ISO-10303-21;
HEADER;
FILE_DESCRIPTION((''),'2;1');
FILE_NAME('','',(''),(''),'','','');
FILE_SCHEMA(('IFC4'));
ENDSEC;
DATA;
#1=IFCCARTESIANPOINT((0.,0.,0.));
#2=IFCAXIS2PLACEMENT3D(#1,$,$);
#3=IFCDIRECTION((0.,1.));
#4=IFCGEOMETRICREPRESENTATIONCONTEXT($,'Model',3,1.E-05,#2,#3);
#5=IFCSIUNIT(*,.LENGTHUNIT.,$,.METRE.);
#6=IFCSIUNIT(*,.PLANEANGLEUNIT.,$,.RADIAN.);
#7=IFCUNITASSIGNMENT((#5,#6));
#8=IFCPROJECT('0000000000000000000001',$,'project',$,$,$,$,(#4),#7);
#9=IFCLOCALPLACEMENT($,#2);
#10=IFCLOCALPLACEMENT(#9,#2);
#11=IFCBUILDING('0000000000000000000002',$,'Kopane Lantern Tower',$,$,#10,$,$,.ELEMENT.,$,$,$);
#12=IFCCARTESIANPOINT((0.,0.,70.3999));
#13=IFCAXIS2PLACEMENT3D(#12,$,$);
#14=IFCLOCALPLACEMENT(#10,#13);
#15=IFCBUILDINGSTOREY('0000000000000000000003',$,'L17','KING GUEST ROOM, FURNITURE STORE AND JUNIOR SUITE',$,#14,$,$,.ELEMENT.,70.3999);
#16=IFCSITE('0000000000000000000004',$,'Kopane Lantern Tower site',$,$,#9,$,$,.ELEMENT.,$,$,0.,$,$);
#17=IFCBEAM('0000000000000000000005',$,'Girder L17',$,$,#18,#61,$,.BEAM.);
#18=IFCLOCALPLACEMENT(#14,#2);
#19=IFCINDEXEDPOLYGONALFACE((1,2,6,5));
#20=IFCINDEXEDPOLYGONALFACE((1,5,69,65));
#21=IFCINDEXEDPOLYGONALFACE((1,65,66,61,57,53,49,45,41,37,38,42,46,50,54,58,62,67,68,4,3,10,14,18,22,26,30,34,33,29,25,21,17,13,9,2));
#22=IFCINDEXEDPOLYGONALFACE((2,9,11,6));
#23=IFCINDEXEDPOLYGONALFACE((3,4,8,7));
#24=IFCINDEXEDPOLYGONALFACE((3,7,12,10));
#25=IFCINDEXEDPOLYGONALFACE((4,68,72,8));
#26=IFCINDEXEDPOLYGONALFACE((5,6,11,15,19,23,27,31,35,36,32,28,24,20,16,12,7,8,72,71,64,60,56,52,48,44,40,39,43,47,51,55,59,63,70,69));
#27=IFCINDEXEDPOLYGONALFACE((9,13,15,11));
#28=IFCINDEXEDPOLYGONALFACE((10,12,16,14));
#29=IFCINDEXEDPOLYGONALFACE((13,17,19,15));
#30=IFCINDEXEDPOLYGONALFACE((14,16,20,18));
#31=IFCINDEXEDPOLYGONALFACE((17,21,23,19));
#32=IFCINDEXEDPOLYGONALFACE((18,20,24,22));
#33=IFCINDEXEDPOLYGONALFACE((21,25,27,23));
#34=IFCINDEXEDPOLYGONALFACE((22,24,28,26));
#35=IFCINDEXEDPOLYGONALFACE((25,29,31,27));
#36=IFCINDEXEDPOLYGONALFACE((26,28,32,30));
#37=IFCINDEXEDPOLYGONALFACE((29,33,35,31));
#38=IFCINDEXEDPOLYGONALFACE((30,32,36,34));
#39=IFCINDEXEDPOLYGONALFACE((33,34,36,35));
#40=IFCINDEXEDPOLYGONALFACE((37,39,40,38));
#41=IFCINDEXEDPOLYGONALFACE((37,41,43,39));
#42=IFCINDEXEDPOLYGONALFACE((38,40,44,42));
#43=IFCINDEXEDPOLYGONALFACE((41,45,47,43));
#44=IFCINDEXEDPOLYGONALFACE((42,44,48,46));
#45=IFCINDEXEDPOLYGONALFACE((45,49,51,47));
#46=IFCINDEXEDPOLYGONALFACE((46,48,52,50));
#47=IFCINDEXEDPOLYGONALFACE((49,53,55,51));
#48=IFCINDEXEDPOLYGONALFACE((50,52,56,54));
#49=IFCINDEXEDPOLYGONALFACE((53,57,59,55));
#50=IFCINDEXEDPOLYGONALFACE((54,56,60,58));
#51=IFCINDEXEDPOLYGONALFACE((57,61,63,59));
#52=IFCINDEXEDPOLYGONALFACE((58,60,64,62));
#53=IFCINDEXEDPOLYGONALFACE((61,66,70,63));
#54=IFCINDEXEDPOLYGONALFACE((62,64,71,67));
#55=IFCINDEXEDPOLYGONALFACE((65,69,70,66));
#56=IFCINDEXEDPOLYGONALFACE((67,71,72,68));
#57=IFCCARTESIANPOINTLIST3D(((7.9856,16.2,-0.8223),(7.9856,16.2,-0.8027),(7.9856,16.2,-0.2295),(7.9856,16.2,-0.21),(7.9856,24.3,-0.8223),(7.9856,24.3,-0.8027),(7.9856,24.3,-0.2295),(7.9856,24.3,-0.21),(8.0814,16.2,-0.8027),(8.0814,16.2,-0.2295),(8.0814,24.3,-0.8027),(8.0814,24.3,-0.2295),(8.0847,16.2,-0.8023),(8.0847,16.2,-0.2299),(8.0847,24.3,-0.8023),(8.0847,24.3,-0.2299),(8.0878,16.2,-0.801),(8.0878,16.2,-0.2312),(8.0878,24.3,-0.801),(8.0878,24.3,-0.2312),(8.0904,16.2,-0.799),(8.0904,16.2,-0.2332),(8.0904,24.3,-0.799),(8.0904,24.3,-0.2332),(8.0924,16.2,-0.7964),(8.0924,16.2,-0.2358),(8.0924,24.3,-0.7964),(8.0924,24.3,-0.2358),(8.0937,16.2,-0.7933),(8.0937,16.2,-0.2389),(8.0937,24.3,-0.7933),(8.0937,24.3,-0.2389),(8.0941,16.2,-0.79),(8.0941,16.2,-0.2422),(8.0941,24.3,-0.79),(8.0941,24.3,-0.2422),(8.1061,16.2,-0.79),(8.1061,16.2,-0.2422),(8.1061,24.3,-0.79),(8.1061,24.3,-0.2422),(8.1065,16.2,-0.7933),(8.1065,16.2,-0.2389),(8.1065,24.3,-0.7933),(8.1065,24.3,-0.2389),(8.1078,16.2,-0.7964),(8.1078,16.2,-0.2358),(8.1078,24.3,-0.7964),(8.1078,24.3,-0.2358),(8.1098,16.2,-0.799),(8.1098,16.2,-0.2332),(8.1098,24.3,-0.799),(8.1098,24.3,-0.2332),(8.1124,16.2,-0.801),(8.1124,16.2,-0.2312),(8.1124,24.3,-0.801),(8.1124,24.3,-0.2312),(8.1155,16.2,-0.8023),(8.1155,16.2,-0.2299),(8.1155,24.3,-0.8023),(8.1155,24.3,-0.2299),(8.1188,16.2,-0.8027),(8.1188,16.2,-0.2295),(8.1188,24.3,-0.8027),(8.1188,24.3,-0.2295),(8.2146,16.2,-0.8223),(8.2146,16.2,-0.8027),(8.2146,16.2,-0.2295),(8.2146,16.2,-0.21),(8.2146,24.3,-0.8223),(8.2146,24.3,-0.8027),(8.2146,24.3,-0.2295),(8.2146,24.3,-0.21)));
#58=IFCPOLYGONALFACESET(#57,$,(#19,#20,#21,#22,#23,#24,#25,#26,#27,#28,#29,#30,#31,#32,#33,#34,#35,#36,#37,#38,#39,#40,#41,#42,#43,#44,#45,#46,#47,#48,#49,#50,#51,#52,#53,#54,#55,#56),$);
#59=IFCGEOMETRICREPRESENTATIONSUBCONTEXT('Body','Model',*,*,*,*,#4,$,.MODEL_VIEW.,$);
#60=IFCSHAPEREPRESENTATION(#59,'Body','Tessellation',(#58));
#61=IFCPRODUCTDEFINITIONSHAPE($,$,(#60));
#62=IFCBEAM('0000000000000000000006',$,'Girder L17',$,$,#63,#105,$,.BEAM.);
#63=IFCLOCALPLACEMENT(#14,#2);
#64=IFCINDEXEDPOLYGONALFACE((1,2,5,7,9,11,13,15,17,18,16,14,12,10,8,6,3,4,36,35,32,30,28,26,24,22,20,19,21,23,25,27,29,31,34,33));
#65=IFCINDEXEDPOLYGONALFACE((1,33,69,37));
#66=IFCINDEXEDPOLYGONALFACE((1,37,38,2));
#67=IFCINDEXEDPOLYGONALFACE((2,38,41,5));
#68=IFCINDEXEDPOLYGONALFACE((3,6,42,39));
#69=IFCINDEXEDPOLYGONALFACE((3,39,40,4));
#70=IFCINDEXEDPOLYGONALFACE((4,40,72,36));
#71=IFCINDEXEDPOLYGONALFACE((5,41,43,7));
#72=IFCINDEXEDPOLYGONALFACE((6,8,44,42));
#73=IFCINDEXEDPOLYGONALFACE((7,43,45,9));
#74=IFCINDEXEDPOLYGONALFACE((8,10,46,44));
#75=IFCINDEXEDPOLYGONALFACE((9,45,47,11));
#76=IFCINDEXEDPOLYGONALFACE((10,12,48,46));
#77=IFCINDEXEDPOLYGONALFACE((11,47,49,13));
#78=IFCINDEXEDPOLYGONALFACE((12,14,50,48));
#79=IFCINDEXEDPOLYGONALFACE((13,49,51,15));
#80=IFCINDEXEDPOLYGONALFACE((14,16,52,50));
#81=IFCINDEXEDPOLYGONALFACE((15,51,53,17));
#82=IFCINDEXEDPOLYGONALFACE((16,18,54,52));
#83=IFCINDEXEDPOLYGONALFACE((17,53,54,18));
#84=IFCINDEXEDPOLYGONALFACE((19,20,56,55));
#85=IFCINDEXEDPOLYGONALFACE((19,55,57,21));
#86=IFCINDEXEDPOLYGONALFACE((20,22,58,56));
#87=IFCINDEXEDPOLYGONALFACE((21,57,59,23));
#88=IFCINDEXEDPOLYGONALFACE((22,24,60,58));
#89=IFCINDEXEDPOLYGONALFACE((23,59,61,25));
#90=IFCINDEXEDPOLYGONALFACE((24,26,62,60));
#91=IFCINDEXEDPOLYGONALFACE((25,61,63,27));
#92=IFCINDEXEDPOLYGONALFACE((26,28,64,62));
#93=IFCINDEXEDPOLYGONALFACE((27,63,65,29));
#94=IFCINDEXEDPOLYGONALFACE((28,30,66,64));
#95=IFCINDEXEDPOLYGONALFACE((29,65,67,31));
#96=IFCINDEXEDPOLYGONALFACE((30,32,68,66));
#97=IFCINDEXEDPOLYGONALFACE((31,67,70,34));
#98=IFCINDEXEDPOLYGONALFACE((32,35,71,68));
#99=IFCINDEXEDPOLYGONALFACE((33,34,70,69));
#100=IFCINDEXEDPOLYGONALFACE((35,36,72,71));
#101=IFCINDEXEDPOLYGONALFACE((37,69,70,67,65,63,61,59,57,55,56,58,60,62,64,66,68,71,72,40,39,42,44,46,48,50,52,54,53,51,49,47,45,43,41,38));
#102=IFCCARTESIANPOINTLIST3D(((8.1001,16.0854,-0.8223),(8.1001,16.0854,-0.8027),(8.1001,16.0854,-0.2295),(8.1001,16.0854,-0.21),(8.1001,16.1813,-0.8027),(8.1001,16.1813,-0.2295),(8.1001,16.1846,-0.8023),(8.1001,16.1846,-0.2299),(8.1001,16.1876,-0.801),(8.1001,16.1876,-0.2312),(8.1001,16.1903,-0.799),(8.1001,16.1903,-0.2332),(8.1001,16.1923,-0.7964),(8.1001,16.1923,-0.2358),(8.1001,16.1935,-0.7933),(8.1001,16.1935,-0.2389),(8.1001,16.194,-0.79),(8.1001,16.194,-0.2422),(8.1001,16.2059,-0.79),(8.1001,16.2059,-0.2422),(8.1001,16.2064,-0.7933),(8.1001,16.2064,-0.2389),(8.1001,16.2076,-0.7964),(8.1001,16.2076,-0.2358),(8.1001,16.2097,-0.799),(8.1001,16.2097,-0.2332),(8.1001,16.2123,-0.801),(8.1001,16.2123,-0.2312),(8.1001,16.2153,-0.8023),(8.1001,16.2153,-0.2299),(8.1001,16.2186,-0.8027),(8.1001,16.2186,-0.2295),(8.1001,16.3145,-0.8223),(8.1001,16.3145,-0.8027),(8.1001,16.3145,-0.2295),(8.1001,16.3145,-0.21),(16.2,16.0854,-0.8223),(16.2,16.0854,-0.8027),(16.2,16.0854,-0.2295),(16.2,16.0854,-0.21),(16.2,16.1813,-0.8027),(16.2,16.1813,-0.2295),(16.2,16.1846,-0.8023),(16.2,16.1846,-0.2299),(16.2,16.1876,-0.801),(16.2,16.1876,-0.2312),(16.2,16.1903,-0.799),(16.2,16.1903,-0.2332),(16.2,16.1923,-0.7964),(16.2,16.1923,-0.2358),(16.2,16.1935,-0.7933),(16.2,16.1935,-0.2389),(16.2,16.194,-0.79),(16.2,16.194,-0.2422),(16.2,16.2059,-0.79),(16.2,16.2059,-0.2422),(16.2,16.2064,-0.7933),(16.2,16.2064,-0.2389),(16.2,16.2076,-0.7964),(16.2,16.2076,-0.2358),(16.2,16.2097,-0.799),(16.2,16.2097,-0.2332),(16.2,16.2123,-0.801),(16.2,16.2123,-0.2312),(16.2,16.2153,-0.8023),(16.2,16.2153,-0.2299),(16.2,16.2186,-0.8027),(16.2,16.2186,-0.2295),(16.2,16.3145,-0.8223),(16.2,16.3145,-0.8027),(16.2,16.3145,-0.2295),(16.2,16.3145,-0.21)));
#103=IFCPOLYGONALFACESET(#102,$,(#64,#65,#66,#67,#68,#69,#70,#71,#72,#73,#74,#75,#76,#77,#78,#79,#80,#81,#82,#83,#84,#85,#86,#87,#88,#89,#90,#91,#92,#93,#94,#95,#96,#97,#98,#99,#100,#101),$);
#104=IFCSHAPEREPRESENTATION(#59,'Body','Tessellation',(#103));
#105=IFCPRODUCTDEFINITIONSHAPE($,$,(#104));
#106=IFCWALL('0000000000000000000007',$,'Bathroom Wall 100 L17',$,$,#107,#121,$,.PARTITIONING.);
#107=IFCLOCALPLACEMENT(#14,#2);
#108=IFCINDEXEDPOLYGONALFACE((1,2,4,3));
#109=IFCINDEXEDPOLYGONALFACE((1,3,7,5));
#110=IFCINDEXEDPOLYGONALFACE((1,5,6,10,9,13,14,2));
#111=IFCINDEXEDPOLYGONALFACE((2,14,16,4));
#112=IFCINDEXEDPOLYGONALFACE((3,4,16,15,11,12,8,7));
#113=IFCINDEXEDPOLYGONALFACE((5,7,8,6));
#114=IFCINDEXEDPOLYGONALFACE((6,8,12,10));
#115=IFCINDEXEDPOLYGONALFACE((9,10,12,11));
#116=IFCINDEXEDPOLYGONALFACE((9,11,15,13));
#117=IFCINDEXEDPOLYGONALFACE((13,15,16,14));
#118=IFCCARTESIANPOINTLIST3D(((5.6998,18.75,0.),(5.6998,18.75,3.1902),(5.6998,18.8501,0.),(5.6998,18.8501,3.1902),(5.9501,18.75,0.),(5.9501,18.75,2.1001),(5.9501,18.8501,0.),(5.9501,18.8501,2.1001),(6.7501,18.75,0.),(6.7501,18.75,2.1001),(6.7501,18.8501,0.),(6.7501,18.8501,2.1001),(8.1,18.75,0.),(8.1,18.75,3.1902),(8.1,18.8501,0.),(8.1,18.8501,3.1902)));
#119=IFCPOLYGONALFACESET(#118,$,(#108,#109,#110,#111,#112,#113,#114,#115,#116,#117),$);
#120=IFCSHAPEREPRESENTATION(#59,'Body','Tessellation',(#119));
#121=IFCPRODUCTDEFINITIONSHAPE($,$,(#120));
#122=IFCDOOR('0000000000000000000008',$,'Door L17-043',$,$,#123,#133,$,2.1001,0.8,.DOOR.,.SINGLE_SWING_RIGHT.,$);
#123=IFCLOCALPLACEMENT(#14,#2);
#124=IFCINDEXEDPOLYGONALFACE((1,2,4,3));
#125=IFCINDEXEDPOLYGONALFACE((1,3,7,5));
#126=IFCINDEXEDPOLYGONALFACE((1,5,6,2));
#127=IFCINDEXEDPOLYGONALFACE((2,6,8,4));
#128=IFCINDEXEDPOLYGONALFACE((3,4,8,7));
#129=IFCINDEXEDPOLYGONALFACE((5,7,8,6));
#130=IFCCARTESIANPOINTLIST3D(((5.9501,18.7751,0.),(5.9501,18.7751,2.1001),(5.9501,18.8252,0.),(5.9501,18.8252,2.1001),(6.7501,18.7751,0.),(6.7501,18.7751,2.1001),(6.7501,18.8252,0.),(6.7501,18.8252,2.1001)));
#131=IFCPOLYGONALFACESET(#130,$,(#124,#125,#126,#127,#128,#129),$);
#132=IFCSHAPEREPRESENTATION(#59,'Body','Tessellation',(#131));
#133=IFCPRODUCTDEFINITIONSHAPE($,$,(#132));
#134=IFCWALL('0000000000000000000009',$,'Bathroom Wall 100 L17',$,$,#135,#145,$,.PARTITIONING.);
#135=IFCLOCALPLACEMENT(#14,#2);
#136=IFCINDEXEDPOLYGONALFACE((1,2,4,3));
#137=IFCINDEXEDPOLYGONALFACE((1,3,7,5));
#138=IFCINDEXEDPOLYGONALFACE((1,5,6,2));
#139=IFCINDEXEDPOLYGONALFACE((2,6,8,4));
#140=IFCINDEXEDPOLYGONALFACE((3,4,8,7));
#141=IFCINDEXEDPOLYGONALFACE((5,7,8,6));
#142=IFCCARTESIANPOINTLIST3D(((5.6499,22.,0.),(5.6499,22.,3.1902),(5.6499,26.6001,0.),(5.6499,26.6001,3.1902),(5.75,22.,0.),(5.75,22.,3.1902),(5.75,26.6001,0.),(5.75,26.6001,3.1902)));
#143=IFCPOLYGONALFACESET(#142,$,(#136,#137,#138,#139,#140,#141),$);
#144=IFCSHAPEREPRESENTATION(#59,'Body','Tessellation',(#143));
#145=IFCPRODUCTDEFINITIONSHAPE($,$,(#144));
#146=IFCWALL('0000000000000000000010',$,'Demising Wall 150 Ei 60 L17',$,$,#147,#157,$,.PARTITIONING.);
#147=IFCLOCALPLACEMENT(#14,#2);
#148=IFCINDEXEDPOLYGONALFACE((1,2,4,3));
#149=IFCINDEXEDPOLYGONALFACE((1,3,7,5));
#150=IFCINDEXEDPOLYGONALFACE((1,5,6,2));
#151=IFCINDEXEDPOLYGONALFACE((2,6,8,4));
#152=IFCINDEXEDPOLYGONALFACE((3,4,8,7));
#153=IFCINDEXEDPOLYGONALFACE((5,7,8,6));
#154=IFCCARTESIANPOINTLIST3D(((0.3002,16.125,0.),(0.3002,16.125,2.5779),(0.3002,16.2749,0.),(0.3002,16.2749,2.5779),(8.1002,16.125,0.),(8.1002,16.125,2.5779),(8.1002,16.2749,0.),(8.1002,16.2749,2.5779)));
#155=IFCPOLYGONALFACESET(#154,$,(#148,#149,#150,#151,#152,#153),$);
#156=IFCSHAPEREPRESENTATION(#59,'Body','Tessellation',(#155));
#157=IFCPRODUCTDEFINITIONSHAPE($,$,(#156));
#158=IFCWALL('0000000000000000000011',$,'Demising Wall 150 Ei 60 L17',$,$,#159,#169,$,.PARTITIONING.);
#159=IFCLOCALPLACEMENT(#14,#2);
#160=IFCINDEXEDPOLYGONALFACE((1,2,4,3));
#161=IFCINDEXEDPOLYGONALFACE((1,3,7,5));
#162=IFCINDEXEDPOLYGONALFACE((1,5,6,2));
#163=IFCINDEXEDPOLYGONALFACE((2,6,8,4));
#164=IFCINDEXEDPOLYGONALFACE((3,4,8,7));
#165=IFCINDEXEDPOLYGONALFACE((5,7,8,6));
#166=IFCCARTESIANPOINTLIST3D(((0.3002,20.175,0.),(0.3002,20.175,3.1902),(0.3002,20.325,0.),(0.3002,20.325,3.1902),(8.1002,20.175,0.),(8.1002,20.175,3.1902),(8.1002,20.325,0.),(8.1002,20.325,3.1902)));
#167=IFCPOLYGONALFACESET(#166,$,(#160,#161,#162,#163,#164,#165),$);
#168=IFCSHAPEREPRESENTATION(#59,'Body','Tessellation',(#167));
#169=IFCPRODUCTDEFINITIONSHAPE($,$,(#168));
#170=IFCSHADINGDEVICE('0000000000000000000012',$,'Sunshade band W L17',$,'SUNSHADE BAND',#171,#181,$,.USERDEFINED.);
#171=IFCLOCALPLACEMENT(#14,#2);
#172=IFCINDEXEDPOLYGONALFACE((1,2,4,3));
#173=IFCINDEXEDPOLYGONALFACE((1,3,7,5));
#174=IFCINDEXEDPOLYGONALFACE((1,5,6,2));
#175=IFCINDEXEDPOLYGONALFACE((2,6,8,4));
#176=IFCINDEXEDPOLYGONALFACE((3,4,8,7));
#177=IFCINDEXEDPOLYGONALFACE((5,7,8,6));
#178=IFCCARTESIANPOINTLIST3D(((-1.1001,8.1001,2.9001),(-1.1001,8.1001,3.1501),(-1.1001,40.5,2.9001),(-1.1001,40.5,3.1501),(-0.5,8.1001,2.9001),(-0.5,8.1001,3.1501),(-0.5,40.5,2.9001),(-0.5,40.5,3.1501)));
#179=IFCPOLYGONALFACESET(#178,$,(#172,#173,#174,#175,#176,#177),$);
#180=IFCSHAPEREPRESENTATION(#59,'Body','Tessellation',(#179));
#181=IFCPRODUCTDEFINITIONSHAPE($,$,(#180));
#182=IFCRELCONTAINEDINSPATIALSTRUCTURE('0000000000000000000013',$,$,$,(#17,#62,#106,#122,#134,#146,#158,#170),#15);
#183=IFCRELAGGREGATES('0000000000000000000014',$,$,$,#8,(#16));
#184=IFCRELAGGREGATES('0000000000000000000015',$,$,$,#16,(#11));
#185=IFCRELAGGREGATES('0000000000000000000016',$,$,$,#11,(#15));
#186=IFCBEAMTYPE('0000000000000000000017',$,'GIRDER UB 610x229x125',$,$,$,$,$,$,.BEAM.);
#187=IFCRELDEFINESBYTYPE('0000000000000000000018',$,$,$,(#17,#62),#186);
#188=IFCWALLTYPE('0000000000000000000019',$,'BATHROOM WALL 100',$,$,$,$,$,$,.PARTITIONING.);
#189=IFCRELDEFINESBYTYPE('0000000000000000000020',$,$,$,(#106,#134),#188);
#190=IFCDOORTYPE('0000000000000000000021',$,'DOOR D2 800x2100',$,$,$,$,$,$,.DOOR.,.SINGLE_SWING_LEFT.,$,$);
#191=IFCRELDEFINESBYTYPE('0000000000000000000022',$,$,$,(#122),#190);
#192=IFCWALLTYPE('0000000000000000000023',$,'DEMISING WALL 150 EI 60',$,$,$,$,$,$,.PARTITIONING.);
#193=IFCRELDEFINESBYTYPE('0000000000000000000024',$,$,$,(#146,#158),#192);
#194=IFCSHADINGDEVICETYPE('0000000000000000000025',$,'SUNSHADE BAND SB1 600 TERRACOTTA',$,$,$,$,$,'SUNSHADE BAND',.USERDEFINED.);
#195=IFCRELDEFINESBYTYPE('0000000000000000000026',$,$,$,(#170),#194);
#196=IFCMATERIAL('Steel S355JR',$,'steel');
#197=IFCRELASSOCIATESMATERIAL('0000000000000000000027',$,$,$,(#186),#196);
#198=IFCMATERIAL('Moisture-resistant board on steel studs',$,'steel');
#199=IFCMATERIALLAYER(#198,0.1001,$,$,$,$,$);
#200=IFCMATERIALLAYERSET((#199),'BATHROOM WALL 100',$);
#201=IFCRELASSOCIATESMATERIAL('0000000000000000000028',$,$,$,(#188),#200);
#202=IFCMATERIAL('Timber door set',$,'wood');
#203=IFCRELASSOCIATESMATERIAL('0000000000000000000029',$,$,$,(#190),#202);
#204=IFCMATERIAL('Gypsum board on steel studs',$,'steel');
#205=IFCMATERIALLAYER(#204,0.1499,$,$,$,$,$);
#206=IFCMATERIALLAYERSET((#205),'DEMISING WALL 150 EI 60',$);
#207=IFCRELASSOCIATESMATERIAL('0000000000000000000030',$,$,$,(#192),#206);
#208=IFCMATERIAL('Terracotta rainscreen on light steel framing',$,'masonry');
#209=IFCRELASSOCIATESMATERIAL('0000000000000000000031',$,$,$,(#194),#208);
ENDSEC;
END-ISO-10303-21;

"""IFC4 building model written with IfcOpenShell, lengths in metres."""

from ifc_helpers import new_model, si_unit, direction, frame, frame_2d, origin, origin_2d, place, context, subcontext, project, spatial, rectangle, i_section, extrude, material, layer, layer_set, material_profile, profile_set, type_object, element, fill, save


model = new_model("IFC4")

# Units and contexts
model_context = context("Model", 3, precision=1e-05, world=origin(), true_north=direction((0.0, 1.0)))
body_context = subcontext(model_context, "Body", "Model", "MODEL_VIEW")
ifc_project = project(units=[si_unit("LENGTHUNIT", "METRE"), si_unit("PLANEANGLEUNIT", "RADIAN")], contexts=[model_context])

# Site, building, storey
site_placement = place(None, origin())
site = spatial("IfcSite", under=ifc_project, at=site_placement, Name="Kopane Lantern Tower site", CompositionType="ELEMENT", RefElevation=0.0)
building_placement = place(site_placement, origin())
building = spatial("IfcBuilding", under=site, at=building_placement, Name="Kopane Lantern Tower", CompositionType="ELEMENT")
storey_placement = place(building_placement, frame((0.0, 0.0, 70.3999)))
storey = spatial("IfcBuildingStorey", under=building, at=storey_placement, Name="L17", Description="KING GUEST ROOM, FURNITURE STORE AND JUNIOR SUITE", CompositionType="ELEMENT", Elevation=70.3999)

# Beams
ifc_material_1 = material(Name="Steel S355JR", Category="steel")
ifc_material_profile_1 = material_profile(ifc_material_1, i_section(OverallWidth=0.229, OverallDepth=0.6123, WebThickness=0.012, FlangeThickness=0.0195, FilletRadius=0.0127, at=origin_2d()), Name="UB 610x229x125")
ifc_profile_set_1 = profile_set([ifc_material_profile_1], Name="Steel S355JR")
beam_type = type_object("IfcBeamType", Name="GIRDER UB 610x229x125", PredefinedType="BEAM", material=ifc_profile_set_1)
for number, where, z_axis, x_axis, name in (
    (1, (8.1001, 16.2, -0.5161), (0.0, 1.0, 0.0), (-1.0, 0.0, 0.0), "Girder L17"),
):
    element("IfcBeam", number, at=place(storey_placement, frame(where, z_axis=z_axis, x_axis=x_axis)), inside=storey, type_object=beam_type, Name=name, PredefinedType="BEAM", context=body_context, shape_type="SweptSolid", body=[
        extrude(i_section(OverallWidth=0.229, OverallDepth=0.6123, WebThickness=0.012, FlangeThickness=0.0195, FilletRadius=0.0127, at=origin_2d()), origin(), (0.0, 0.0, 1.0), 8.1001),
    ])
beam_1_placement = place(storey_placement, frame((8.1001, 16.2, -0.5161), z_axis=(1.0, 0.0, 0.0), x_axis=(0.0, 1.0, 0.0)))
element("IfcBeam", 2, at=beam_1_placement, inside=storey, type_object=beam_type, Name="Girder L17", PredefinedType="BEAM", context=body_context, shape_type="SweptSolid", body=[
    extrude(i_section(OverallWidth=0.229, OverallDepth=0.6123, WebThickness=0.012, FlangeThickness=0.0195, FilletRadius=0.0127, at=origin_2d()), origin(), (0.0, 0.0, 1.0), 8.0999),
])

# Wall, opening, door
ifc_material_2 = material(Name="Moisture-resistant board on steel studs", Category="steel")
ifc_layer_1 = layer(ifc_material_2, 0.1001)
ifc_layer_set_1 = layer_set([ifc_layer_1], Name="BATHROOM WALL 100")
wall_type_1 = type_object("IfcWallType", Name="BATHROOM WALL 100", PredefinedType="PARTITIONING", material=ifc_layer_set_1)
wall_1_placement = place(storey_placement, frame((8.1001, 18.8, 0.0), z_axis=(0.0, 0.0, 1.0), x_axis=(-1.0, 0.0, 0.0)))
wall_1 = element("IfcWall", 3, at=wall_1_placement, inside=storey, type_object=wall_type_1, Name="Bathroom Wall 100 L17", PredefinedType="PARTITIONING", context=body_context, shape_type="SweptSolid", body=[
    extrude(rectangle(XDim=2.4001, YDim=0.1001, at=frame_2d((1.2002, 0.0))), origin(), (0.0, 0.0, 1.0), 3.1902),
])
opening_placement = place(wall_1_placement, frame((1.3501, 0.0, 0.0)))
opening = element("IfcOpeningElement", 4, at=opening_placement, cuts=wall_1, PredefinedType="OPENING", context=body_context, shape_type="SweptSolid", body=[
    extrude(rectangle(XDim=0.8, YDim=2.1001, at=frame_2d((0.3999, 1.05))), frame((0.0, 0.0601, 0.0), z_axis=(0.0, -1.0, 0.0), x_axis=(1.0, 0.0, 0.0)), (0.0, 0.0, 1.0), 0.1201),
])
ifc_material_3 = material(Name="Timber door set", Category="wood")
door_type = type_object("IfcDoorType", Name="DOOR D2 800x2100", OperationType="SINGLE_SWING_LEFT", PredefinedType="DOOR", material=ifc_material_3)
door_placement = place(opening_placement, origin())
door = element("IfcDoor", 5, at=door_placement, inside=storey, type_object=door_type, Name="Door L17-043", OperationType="SINGLE_SWING_RIGHT", OverallHeight=2.1001, OverallWidth=0.8, PredefinedType="DOOR", context=body_context, shape_type="SweptSolid", body=[
    extrude(rectangle(XDim=0.8, YDim=2.1001, at=frame_2d((0.3999, 1.05))), frame((0.0, 0.0249, 0.0), z_axis=(0.0, -1.0, 0.0), x_axis=(1.0, 0.0, 0.0)), (0.0, 0.0, 1.0), 0.05),
])
fill(opening, door)

# Walls
wall_2_placement = place(storey_placement, frame((5.7, 22.0, 0.0), z_axis=(0.0, 0.0, 1.0), x_axis=(0.0, 1.0, 0.0)))
element("IfcWall", 6, at=wall_2_placement, inside=storey, type_object=wall_type_1, Name="Bathroom Wall 100 L17", PredefinedType="PARTITIONING", context=body_context, shape_type="SweptSolid", body=[
    extrude(rectangle(XDim=4.6001, YDim=0.1001, at=frame_2d((2.3, 0.0))), origin(), (0.0, 0.0, 1.0), 3.1902),
])
ifc_material_4 = material(Name="Gypsum board on steel studs", Category="steel")
ifc_layer_2 = layer(ifc_material_4, 0.1499)
ifc_layer_set_2 = layer_set([ifc_layer_2], Name="DEMISING WALL 150 EI 60")
wall_type_2 = type_object("IfcWallType", Name="DEMISING WALL 150 EI 60", PredefinedType="PARTITIONING", material=ifc_layer_set_2)
wall_3_placement = place(storey_placement, frame((8.1001, 16.2, 0.0), z_axis=(0.0, 0.0, 1.0), x_axis=(-1.0, 0.0, 0.0)))
element("IfcWall", 7, at=wall_3_placement, inside=storey, type_object=wall_type_2, Name="Demising Wall 150 Ei 60 L17", PredefinedType="PARTITIONING", context=body_context, shape_type="SweptSolid", body=[
    extrude(rectangle(XDim=7.8, YDim=0.1499, at=frame_2d((3.8999, 0.0))), origin(), (0.0, 0.0, 1.0), 2.5779),
])
wall_4_placement = place(storey_placement, frame((8.1001, 20.25, 0.0), z_axis=(0.0, 0.0, 1.0), x_axis=(-1.0, 0.0, 0.0)))
element("IfcWall", 8, at=wall_4_placement, inside=storey, type_object=wall_type_2, Name="Demising Wall 150 Ei 60 L17", PredefinedType="PARTITIONING", context=body_context, shape_type="SweptSolid", body=[
    extrude(rectangle(XDim=7.8, YDim=0.1499, at=frame_2d((3.8999, 0.0))), origin(), (0.0, 0.0, 1.0), 3.1902),
])

# Shading device
ifc_material_5 = material(Name="Terracotta rainscreen on light steel framing", Category="masonry")
shading_device_type = type_object("IfcShadingDeviceType", Name="SUNSHADE BAND SB1 600 TERRACOTTA", ElementType="SUNSHADE BAND", PredefinedType="USERDEFINED", material=ifc_material_5)
shading_device_placement = place(storey_placement, frame((-0.8, 24.3, 2.9001), z_axis=(0.0, 0.0, 1.0), x_axis=(0.0, -1.0, 0.0)))
element("IfcShadingDevice", 9, at=shading_device_placement, inside=storey, type_object=shading_device_type, Name="Sunshade band W L17", ObjectType="SUNSHADE BAND", PredefinedType="USERDEFINED", context=body_context, shape_type="SweptSolid", body=[
    extrude(rectangle(XDim=32.3999, YDim=0.6001, at=origin_2d()), origin(), (0.0, 0.0, 1.0), 0.25),
])

save(model, "model.ifc")
